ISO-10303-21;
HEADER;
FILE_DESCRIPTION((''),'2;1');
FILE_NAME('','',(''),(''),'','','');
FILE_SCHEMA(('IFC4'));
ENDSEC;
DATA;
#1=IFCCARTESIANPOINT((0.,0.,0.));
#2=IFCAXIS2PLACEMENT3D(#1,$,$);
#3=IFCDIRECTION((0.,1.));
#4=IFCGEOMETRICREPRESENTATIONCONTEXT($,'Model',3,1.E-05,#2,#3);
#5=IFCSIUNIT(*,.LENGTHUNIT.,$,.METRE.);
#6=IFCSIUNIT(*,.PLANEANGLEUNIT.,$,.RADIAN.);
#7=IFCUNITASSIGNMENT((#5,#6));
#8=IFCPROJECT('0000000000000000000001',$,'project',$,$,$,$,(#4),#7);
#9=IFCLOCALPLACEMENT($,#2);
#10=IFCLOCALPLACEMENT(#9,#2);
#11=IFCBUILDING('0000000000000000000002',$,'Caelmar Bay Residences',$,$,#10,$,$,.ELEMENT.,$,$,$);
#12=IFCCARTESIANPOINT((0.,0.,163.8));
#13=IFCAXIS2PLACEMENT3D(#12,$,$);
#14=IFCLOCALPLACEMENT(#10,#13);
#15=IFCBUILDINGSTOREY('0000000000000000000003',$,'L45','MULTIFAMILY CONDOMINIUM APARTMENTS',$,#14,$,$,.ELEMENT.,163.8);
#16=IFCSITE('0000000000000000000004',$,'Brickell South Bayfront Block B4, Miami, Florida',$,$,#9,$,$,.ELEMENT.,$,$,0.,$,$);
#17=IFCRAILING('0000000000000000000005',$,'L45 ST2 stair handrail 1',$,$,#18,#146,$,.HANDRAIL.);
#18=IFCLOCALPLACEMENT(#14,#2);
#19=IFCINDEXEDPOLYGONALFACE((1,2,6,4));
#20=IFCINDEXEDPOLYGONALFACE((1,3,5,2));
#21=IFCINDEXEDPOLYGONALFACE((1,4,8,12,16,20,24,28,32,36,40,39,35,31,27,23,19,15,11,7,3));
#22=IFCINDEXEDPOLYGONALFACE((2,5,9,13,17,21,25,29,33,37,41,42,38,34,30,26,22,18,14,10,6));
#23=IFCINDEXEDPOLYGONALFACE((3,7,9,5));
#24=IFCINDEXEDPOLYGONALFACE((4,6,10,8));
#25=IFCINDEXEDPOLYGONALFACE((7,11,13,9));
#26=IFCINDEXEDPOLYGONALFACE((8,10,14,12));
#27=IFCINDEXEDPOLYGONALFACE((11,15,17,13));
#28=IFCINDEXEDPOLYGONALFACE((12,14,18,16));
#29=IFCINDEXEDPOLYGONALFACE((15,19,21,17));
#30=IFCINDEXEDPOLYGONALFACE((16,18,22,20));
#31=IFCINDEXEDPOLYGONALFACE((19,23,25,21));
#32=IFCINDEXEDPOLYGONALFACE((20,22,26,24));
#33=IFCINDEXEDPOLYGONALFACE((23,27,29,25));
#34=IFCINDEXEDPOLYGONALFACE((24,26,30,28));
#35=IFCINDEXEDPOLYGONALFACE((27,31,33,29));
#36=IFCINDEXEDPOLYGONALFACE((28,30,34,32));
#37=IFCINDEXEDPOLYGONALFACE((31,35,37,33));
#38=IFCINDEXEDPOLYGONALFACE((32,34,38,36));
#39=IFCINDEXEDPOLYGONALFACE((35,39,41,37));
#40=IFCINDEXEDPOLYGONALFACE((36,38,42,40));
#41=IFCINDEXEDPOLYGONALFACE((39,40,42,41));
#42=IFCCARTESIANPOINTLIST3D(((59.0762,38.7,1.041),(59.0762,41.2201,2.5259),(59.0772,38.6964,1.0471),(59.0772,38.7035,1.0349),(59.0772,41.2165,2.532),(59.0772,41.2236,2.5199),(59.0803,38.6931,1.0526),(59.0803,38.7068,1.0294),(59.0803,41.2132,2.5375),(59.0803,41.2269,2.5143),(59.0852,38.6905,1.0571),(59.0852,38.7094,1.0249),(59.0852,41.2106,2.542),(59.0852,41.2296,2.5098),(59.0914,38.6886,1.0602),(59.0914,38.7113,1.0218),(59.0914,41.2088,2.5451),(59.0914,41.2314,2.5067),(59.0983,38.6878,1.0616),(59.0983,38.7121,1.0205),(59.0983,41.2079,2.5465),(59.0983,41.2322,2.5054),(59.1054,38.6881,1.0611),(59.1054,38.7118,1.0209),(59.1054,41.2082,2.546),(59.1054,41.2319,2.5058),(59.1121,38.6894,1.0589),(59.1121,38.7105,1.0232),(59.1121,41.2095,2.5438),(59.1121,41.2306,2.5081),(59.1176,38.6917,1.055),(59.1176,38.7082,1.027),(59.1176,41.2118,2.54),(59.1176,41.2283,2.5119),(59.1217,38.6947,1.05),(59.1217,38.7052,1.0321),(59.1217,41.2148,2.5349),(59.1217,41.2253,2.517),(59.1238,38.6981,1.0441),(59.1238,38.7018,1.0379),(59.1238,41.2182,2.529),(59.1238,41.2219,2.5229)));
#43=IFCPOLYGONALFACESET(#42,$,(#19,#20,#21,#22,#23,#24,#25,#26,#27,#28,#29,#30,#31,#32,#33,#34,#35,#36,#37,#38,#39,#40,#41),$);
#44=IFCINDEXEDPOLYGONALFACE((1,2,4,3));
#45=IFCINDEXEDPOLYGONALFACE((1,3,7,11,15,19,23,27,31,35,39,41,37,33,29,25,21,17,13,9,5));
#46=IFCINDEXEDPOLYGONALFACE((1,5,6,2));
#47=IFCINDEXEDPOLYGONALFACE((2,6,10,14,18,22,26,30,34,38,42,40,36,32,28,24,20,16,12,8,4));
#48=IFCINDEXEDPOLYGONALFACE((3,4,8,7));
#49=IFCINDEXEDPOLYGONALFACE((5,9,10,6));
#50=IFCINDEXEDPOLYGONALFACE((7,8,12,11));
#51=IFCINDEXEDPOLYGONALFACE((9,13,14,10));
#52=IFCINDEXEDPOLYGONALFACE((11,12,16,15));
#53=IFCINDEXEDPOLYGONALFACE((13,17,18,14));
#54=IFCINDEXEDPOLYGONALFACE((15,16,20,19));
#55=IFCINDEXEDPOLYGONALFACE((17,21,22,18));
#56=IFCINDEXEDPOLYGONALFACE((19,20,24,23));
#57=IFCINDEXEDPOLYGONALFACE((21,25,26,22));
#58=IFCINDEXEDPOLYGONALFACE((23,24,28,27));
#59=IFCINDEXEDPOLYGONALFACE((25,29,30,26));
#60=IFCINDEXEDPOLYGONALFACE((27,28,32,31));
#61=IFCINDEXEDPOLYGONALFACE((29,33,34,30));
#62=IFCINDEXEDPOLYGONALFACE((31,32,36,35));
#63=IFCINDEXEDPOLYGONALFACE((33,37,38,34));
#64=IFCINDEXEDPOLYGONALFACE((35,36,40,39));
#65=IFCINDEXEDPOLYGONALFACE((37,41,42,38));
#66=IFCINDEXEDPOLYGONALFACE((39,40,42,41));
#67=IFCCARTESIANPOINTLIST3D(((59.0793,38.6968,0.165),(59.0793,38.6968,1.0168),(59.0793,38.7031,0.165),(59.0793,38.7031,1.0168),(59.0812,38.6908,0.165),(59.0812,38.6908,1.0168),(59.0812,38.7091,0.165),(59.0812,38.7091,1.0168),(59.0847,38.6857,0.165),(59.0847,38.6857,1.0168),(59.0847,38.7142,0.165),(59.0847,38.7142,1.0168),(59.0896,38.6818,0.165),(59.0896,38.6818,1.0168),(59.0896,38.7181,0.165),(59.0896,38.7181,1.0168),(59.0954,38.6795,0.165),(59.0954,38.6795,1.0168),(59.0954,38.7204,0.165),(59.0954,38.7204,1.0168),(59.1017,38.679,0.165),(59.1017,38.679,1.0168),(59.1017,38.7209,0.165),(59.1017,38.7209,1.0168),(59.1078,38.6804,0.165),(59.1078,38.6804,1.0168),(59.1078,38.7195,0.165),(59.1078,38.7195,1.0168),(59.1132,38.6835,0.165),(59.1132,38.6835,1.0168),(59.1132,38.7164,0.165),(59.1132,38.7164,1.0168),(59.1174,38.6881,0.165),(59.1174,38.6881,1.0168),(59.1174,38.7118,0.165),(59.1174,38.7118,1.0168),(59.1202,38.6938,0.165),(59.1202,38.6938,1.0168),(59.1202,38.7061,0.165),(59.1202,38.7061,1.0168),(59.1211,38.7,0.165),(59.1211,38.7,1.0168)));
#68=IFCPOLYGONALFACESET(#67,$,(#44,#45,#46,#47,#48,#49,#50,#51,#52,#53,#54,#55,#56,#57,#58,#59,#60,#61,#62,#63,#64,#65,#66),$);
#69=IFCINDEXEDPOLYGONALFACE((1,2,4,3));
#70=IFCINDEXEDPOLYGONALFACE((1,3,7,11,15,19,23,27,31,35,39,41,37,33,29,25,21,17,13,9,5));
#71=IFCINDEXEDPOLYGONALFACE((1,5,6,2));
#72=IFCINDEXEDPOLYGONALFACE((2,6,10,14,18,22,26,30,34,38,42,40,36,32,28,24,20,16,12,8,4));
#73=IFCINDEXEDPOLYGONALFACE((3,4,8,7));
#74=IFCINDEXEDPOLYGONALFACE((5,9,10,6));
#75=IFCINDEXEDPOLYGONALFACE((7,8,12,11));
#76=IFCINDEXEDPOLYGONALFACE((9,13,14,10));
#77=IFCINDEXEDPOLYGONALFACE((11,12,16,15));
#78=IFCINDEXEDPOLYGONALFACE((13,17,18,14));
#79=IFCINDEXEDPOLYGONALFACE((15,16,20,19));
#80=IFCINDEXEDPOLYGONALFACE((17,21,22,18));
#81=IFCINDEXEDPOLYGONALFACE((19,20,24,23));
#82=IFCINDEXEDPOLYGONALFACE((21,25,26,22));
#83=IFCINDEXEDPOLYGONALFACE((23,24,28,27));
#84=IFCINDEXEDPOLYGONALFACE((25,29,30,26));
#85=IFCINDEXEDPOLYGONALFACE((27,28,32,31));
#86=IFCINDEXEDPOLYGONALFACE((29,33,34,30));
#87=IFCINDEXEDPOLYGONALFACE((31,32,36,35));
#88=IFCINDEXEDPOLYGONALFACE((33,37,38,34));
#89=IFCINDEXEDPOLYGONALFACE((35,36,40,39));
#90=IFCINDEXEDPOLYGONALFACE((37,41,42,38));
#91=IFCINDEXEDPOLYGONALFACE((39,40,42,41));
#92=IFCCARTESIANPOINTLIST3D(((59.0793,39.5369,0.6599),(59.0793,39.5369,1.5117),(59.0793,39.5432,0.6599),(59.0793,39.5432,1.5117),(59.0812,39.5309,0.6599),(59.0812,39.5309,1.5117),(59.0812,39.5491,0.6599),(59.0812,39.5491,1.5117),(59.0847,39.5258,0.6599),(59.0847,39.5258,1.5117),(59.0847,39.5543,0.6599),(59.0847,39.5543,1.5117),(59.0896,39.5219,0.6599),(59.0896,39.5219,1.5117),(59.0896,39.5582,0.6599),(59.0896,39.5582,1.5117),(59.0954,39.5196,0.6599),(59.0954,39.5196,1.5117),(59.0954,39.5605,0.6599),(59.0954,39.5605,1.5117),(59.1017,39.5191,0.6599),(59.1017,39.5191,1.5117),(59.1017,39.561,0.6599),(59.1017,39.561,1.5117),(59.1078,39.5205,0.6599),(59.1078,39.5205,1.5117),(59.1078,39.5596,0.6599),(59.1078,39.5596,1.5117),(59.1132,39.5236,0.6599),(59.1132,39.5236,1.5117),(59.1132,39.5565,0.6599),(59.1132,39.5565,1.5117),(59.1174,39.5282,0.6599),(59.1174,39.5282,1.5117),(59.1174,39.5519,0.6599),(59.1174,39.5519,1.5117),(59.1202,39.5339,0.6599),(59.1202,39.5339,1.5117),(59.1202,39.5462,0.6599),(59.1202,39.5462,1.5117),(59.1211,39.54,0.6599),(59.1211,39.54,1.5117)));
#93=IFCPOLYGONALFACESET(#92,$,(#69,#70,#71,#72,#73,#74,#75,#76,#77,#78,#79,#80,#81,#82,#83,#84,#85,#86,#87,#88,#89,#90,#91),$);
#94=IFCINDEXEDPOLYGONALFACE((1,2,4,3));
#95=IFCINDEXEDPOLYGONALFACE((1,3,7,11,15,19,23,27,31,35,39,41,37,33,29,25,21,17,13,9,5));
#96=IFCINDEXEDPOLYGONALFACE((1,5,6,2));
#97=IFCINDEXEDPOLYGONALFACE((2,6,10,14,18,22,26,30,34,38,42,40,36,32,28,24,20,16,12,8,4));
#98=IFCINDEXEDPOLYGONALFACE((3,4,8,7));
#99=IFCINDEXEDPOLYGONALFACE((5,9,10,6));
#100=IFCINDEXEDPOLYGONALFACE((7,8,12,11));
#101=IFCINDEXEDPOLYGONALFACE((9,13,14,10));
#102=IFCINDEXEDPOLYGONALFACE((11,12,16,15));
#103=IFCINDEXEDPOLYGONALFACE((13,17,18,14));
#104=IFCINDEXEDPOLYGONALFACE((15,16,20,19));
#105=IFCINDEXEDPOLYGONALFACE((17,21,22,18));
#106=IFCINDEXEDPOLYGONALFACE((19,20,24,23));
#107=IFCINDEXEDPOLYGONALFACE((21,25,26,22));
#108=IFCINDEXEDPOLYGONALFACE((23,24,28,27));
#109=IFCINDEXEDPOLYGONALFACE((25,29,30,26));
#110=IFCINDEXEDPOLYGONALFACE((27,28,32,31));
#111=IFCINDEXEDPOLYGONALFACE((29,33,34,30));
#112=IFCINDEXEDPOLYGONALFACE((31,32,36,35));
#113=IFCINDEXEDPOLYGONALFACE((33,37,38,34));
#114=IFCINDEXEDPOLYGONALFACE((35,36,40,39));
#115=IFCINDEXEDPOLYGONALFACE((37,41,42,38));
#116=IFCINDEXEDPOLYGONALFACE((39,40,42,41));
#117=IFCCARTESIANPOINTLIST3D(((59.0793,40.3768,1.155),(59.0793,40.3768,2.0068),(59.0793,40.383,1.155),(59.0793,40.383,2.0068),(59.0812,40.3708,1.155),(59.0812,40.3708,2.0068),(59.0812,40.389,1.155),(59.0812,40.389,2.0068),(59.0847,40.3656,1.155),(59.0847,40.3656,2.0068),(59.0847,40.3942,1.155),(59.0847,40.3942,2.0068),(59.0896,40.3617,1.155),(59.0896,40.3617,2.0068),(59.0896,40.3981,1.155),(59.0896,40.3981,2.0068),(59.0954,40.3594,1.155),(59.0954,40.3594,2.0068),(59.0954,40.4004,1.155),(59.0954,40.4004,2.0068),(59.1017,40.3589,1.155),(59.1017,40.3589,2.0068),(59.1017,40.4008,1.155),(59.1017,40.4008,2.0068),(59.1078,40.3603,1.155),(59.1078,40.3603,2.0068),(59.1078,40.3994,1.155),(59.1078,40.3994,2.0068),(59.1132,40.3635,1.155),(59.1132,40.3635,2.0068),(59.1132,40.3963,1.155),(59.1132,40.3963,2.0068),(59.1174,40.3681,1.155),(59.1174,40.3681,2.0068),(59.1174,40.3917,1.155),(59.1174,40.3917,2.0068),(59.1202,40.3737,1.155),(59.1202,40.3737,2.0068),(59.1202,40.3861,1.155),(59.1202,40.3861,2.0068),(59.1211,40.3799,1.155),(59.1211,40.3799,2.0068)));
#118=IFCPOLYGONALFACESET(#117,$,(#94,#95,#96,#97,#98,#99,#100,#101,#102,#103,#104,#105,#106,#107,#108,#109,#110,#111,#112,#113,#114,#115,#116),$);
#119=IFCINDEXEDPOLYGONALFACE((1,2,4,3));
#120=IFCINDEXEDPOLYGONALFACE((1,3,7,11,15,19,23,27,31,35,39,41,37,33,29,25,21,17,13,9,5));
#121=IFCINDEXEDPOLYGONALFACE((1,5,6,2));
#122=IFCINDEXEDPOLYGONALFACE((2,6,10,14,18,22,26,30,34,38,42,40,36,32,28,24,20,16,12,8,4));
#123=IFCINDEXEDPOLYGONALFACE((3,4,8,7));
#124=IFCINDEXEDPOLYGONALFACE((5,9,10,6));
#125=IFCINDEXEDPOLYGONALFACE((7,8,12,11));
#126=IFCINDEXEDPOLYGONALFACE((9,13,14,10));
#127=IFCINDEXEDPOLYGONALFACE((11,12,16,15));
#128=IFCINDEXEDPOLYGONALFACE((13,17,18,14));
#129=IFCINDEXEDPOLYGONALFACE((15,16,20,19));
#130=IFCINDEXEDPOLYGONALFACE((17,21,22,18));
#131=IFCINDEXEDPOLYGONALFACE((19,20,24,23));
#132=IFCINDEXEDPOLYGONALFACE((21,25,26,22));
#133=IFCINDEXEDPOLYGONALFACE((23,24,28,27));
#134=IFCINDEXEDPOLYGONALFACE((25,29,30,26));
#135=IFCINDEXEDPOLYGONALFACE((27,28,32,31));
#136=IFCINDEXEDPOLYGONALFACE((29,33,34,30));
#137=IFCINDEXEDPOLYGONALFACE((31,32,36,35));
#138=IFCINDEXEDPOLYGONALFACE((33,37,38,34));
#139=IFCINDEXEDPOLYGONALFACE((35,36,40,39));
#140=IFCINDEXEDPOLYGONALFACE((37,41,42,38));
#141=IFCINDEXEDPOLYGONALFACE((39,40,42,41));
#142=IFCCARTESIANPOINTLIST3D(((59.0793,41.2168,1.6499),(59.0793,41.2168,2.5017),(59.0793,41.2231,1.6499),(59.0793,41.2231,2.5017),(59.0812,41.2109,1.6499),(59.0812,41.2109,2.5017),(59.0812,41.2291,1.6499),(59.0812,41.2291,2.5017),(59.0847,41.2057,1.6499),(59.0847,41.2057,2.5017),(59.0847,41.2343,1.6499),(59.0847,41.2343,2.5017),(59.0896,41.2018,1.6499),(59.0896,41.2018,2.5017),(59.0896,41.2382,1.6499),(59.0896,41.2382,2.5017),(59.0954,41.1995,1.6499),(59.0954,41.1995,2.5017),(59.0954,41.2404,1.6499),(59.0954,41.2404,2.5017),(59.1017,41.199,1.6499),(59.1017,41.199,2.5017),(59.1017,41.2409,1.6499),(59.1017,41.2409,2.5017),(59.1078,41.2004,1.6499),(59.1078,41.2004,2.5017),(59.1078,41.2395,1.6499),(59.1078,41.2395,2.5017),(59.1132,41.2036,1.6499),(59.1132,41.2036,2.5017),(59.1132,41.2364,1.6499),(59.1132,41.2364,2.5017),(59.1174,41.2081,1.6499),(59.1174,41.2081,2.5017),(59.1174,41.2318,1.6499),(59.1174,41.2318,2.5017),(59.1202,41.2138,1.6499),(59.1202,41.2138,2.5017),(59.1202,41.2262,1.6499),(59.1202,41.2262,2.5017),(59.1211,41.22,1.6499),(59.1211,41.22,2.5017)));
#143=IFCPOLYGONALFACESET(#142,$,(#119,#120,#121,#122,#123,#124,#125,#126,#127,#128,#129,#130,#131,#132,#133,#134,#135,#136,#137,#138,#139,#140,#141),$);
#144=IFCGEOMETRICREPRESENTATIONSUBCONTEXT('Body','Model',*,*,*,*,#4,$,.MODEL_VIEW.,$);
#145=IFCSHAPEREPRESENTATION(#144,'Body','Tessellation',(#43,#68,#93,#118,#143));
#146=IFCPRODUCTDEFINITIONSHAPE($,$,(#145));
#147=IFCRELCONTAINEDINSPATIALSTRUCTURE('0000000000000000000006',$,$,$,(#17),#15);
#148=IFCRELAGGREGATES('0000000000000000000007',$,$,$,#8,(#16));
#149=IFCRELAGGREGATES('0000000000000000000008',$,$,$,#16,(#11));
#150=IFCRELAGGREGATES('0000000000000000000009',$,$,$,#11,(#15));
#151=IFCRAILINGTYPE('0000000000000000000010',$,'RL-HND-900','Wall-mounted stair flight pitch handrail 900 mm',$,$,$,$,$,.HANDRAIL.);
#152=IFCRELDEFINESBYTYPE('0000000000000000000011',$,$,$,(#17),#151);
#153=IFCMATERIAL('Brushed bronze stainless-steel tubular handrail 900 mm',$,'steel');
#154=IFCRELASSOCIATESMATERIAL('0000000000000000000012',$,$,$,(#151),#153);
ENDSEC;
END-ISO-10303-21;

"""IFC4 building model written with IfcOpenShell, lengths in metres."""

from ifc_helpers import new_model, si_unit, direction, frame, origin, origin_2d, place, context, subcontext, project, spatial, circle, extrude, material, type_object, element, save


model = new_model("IFC4")

# Units and contexts
model_context = context("Model", 3, precision=1e-05, world=origin(), true_north=direction((0.0, 1.0)))
body_context = subcontext(model_context, "Body", "Model", "MODEL_VIEW")
ifc_project = project(units=[si_unit("LENGTHUNIT", "METRE"), si_unit("PLANEANGLEUNIT", "RADIAN")], contexts=[model_context])

# Site, building, storey
site_placement = place(None, origin())
site = spatial("IfcSite", under=ifc_project, at=site_placement, Name="Brickell South Bayfront Block B4, Miami, Florida", CompositionType="ELEMENT", RefElevation=0.0)
building_placement = place(site_placement, origin())
building = spatial("IfcBuilding", under=site, at=building_placement, Name="Caelmar Bay Residences", CompositionType="ELEMENT")
storey_placement = place(building_placement, frame((0.0, 0.0, 163.8)))
storey = spatial("IfcBuildingStorey", under=building, at=storey_placement, Name="L45", Description="MULTIFAMILY CONDOMINIUM APARTMENTS", CompositionType="ELEMENT", Elevation=163.8)

# Railing
ifc_material_1 = material(Name="Brushed bronze stainless-steel tubular handrail 900 mm", Category="steel")
railing_type_1 = type_object("IfcRailingType", Name="RL-HND-900", Description="Wall-mounted stair flight pitch handrail 900 mm", PredefinedType="HANDRAIL", material=ifc_material_1)
railing_1_placement = place(storey_placement, frame((59.1001, 38.7, 0.165)))
element("IfcRailing", 1, at=railing_1_placement, inside=storey, type_object=railing_type_1, Name="L45 ST2 stair handrail 1", PredefinedType="HANDRAIL", context=body_context, shape_type="SweptSolid", body=[
    extrude(circle(Radius=0.0239, at=origin_2d()), frame((0.0, 0.0, 0.876), z_axis=(0.0, 0.861561, 0.507655), x_axis=(-1.0, 0.0, 0.0)), (0.0, 0.0, 1.0), 2.925),
    extrude(circle(Radius=0.021, at=origin_2d()), origin(), (0.0, 0.0, 1.0), 0.8518),
    extrude(circle(Radius=0.021, at=origin_2d()), frame((0.0, 0.8401, 0.4949)), (0.0, 0.0, 1.0), 0.8518),
    extrude(circle(Radius=0.021, at=origin_2d()), frame((0.0, 1.6799, 0.99)), (0.0, 0.0, 1.0), 0.8518),
    extrude(circle(Radius=0.021, at=origin_2d()), frame((0.0, 2.52, 1.4849)), (0.0, 0.0, 1.0), 0.8518),
])

save(model, "model.ifc")
